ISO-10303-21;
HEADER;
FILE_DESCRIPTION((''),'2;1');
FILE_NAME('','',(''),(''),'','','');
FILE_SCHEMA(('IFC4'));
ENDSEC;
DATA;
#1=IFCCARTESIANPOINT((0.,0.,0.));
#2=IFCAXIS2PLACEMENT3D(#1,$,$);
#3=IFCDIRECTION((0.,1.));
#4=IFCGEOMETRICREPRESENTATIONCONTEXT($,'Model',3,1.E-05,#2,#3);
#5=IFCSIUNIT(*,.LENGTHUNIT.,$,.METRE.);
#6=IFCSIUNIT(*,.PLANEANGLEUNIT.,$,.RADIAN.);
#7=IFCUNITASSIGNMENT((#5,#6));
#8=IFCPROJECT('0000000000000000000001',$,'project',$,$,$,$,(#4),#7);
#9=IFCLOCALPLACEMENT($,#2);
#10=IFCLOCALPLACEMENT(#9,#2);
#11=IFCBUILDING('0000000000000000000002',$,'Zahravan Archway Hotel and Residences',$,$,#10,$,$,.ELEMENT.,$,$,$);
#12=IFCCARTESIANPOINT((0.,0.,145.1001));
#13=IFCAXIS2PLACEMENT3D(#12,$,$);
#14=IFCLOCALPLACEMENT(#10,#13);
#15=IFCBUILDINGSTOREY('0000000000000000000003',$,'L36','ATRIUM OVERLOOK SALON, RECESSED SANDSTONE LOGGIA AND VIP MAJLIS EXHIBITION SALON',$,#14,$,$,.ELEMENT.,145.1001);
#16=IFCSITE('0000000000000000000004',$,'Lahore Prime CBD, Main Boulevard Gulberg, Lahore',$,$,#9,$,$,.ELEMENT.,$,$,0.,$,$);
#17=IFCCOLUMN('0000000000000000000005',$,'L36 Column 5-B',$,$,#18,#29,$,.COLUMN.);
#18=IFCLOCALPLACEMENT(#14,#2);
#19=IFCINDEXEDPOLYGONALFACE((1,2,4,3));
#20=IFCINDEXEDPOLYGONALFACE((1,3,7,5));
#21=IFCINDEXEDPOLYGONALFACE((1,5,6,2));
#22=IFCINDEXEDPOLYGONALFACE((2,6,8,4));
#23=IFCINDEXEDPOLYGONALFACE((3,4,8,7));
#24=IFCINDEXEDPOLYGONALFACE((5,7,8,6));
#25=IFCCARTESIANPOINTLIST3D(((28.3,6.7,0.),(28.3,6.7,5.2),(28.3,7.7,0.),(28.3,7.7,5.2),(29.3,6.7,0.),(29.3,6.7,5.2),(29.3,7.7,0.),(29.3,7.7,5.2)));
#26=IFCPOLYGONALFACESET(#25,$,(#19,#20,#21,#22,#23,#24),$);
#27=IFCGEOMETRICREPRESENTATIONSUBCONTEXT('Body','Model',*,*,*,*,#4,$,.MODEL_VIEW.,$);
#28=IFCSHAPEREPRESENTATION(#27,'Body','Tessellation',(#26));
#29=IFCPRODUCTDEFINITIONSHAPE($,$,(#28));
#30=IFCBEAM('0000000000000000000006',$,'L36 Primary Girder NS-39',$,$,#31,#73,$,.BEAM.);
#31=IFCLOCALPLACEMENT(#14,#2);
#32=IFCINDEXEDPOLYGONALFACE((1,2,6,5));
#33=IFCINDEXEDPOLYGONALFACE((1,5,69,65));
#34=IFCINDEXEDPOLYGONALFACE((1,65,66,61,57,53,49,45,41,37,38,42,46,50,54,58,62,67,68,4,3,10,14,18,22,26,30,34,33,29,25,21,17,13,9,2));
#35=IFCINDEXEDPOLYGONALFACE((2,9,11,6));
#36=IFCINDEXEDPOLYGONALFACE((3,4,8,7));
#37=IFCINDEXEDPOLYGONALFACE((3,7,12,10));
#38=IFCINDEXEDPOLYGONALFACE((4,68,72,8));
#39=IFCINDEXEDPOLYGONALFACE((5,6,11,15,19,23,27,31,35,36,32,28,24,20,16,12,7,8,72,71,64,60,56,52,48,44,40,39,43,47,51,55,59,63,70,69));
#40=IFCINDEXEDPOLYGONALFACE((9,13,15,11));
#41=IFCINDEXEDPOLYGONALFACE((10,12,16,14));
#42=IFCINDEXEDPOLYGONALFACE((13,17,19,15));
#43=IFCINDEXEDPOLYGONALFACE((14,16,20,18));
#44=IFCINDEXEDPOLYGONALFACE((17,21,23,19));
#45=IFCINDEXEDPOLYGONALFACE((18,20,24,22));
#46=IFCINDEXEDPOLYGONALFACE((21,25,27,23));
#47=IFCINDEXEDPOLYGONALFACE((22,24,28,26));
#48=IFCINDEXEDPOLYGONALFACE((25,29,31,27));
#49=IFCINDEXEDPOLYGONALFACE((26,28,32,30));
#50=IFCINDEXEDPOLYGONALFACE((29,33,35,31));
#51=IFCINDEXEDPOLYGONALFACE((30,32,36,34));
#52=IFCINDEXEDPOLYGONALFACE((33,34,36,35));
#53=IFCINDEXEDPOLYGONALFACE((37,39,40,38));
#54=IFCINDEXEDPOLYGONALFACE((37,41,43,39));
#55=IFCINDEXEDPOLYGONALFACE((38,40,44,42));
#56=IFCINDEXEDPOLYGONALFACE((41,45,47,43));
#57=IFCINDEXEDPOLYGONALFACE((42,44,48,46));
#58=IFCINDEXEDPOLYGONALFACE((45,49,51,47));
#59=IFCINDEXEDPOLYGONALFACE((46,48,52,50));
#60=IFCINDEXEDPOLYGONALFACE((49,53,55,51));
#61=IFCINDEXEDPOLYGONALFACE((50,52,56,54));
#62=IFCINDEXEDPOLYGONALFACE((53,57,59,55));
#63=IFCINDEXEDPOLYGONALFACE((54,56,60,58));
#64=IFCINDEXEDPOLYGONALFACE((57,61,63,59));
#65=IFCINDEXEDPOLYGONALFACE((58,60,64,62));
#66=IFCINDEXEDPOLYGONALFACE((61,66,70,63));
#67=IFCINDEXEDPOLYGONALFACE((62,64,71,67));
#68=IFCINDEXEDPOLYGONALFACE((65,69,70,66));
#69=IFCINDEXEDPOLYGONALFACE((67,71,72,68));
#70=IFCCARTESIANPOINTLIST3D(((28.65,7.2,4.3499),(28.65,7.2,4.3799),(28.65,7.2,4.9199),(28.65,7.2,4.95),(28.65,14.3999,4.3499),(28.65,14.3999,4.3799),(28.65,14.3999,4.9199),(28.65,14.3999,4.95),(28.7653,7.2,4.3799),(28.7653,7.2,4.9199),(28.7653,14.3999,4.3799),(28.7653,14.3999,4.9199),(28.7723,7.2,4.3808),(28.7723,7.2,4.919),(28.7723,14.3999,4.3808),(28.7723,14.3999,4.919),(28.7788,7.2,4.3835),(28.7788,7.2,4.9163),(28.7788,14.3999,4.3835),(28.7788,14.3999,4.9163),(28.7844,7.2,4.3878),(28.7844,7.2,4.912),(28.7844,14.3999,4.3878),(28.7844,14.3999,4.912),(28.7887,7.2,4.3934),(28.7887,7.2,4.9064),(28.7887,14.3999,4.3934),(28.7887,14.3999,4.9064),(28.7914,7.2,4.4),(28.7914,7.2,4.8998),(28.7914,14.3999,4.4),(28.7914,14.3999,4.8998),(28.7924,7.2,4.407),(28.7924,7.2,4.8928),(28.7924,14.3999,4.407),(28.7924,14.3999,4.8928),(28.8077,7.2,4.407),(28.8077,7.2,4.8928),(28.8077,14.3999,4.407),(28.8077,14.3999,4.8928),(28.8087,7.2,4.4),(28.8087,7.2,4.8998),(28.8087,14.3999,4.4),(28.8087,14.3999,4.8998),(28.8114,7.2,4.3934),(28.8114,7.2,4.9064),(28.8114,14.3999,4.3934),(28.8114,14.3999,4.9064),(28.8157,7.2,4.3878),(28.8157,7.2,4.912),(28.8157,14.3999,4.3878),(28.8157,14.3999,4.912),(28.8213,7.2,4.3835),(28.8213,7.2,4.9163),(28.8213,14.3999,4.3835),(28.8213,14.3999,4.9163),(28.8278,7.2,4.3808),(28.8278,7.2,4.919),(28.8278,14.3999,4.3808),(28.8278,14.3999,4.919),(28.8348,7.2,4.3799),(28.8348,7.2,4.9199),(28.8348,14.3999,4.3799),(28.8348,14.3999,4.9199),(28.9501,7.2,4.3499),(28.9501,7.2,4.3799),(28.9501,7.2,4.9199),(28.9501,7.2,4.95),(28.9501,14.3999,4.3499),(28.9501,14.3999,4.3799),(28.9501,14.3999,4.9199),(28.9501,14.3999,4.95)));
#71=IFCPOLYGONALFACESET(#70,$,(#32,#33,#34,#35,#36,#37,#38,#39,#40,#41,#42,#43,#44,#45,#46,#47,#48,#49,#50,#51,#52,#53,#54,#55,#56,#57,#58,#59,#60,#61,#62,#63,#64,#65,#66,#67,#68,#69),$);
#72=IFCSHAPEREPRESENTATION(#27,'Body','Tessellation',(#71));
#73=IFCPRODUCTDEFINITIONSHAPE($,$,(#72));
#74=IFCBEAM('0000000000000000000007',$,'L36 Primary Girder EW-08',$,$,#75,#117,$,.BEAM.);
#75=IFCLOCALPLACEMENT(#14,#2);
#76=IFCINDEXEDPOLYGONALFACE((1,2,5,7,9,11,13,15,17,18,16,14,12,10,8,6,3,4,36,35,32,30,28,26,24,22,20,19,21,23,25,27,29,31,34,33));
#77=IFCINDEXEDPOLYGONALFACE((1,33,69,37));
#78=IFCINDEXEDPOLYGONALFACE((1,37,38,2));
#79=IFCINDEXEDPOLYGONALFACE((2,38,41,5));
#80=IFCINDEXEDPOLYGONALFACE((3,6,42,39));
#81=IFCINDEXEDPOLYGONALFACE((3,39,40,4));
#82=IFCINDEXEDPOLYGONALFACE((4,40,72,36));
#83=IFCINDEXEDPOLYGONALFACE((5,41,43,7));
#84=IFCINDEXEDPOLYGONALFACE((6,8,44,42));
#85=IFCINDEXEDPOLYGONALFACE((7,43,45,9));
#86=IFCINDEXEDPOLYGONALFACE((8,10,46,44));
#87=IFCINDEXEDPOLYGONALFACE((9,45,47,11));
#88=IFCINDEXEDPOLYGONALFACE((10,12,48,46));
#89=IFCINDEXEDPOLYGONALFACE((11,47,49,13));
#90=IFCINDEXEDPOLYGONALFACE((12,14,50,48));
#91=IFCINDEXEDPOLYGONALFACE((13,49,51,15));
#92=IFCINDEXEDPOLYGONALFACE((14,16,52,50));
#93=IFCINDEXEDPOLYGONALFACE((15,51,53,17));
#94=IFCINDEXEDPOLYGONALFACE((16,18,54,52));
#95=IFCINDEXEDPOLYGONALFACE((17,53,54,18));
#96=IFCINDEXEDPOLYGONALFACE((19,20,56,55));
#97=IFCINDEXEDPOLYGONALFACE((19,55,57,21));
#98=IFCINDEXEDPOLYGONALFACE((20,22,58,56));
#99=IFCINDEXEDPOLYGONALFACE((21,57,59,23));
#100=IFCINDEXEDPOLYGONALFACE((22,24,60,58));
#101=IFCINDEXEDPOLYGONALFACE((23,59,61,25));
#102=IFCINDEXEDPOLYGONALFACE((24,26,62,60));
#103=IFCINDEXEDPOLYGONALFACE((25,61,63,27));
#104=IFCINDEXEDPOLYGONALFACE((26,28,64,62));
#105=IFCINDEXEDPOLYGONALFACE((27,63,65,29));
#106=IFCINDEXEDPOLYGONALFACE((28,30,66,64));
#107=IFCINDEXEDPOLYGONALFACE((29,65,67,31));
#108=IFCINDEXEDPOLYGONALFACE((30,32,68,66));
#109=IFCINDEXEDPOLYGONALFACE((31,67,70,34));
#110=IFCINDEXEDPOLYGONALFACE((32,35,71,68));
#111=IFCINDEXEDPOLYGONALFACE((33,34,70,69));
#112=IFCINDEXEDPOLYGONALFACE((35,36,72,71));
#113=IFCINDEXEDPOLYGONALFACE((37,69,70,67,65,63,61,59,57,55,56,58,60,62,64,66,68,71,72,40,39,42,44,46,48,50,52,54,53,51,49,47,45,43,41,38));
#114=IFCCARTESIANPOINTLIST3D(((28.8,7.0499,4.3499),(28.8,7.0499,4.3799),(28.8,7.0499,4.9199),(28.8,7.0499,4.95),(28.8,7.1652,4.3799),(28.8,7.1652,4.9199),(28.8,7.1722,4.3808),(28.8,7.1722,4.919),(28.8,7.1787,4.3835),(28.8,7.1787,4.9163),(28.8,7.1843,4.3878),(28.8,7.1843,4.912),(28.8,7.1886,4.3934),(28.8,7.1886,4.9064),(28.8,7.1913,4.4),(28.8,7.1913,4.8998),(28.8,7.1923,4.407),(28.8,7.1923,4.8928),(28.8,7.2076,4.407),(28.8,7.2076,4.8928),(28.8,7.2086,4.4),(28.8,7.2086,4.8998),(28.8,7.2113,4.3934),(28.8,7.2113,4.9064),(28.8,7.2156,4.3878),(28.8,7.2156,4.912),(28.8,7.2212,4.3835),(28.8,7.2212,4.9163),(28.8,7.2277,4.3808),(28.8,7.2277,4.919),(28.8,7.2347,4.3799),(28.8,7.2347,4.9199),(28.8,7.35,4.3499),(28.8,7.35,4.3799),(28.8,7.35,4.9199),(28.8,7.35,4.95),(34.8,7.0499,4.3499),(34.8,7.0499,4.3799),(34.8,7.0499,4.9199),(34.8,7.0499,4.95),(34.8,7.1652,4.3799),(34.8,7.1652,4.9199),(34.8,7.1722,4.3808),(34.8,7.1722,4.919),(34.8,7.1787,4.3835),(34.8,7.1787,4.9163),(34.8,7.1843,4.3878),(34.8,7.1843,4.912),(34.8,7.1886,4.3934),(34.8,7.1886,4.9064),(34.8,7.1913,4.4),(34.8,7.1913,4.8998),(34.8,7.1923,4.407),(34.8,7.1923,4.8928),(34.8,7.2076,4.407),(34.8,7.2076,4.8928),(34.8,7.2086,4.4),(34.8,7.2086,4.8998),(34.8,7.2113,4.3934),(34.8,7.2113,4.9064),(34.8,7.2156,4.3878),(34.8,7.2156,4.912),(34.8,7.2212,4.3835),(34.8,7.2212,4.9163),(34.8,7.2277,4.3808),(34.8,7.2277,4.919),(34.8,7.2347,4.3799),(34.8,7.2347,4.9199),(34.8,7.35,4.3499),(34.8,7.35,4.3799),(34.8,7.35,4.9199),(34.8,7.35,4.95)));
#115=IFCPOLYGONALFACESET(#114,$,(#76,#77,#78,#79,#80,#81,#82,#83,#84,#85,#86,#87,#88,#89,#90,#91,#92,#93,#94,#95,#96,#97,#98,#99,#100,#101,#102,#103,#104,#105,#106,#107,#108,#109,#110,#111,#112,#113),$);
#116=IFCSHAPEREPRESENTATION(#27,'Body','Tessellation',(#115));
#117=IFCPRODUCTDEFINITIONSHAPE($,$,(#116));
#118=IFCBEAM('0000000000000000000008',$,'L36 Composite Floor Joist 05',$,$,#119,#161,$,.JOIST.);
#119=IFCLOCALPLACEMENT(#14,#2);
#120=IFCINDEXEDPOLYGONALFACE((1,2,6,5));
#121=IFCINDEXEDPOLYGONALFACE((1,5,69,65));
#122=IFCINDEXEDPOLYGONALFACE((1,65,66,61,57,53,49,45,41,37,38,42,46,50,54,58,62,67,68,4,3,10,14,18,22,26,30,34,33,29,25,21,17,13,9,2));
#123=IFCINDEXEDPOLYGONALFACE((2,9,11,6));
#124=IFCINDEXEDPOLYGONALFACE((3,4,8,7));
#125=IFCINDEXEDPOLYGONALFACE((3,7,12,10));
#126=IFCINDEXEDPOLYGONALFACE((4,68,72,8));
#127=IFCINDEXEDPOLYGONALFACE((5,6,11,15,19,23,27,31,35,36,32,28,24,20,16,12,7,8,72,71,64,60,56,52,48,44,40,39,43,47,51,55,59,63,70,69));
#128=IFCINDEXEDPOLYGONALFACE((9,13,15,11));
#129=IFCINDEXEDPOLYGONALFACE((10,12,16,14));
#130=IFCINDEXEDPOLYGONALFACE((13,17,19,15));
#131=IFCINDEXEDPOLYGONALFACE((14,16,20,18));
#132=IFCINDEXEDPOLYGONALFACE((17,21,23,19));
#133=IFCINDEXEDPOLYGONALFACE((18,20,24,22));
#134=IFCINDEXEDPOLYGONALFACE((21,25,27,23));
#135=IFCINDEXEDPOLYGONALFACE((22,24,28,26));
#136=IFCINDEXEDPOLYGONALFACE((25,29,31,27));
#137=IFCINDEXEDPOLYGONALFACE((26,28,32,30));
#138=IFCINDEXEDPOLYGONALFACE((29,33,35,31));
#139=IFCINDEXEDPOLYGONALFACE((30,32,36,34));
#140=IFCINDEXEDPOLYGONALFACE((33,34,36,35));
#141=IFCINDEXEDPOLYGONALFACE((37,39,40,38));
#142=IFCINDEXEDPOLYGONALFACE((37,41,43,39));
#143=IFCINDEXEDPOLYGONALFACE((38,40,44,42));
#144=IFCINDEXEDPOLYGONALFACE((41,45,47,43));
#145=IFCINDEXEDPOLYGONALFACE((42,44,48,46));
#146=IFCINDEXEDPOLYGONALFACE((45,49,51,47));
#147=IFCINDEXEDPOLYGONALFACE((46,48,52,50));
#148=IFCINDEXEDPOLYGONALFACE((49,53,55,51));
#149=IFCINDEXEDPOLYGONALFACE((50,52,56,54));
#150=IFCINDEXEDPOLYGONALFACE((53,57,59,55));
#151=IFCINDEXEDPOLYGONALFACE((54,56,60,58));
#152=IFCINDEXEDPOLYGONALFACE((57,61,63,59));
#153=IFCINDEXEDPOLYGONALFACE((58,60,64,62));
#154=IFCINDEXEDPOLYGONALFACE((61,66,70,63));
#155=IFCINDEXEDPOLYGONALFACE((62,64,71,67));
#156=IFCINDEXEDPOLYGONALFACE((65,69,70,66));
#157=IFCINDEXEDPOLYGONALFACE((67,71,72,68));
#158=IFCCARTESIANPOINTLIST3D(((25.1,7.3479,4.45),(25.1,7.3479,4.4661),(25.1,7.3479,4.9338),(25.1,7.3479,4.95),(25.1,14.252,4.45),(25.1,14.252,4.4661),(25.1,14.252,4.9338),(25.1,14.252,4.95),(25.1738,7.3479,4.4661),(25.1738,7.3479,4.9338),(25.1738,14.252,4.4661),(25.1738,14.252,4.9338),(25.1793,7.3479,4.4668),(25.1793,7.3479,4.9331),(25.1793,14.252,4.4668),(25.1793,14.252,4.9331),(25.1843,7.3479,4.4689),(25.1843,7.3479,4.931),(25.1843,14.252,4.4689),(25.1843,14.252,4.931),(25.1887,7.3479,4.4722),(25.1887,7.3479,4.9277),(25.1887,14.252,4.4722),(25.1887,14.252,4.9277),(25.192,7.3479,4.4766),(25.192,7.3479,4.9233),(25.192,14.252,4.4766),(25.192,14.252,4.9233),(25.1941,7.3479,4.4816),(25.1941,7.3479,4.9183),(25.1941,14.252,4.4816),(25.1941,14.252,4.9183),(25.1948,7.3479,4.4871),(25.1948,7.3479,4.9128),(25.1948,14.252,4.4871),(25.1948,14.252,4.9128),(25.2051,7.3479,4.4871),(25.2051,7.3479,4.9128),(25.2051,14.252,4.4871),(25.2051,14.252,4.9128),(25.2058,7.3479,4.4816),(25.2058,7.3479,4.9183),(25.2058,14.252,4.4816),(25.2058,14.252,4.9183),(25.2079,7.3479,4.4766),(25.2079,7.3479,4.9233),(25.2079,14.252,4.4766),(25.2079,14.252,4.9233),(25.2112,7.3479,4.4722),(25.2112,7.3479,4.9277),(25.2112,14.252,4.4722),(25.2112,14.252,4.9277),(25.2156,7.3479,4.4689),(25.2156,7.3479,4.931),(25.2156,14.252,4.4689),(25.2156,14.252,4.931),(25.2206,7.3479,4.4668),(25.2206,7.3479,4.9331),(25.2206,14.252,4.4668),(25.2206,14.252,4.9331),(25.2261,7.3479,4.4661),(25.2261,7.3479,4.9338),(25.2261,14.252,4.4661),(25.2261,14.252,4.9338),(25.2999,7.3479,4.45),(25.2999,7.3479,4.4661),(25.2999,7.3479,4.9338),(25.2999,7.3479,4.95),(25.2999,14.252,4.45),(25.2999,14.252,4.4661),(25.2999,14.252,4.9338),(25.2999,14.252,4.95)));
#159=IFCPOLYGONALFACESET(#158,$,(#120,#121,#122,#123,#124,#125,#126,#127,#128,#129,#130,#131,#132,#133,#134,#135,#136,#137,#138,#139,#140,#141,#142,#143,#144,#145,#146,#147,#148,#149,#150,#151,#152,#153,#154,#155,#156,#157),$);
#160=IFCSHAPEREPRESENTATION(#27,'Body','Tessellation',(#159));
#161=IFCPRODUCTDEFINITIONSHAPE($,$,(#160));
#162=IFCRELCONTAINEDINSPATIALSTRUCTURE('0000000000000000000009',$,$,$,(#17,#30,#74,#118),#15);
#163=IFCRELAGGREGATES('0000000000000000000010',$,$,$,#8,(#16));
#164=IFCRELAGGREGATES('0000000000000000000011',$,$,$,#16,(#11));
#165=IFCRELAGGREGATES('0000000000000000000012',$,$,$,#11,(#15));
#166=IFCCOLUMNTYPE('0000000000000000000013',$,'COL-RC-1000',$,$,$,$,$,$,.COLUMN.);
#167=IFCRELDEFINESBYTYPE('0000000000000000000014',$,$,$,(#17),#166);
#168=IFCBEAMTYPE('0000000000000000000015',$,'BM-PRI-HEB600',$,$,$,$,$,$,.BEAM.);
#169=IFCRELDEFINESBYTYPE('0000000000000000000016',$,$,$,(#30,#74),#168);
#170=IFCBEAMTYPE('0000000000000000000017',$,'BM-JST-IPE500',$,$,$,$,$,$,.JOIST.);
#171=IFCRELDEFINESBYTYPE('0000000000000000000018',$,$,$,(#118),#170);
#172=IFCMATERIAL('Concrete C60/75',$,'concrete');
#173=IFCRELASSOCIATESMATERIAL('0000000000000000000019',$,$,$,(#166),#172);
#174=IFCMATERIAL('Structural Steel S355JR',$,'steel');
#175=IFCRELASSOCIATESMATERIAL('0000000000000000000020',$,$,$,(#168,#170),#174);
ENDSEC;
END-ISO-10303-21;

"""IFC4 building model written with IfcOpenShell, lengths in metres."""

from ifc_helpers import new_model, si_unit, direction, frame, origin, origin_2d, place, context, subcontext, project, spatial, rectangle, i_section, extrude, source, transform, mapped, material, material_profile, profile_set, type_object, type_shapes, element, save


model = new_model("IFC4")

# Units and contexts
model_context = context("Model", 3, precision=1e-05, world=origin(), true_north=direction((0.0, 1.0)))
body_context = subcontext(model_context, "Body", "Model", "MODEL_VIEW")
ifc_project = project(units=[si_unit("LENGTHUNIT", "METRE"), si_unit("PLANEANGLEUNIT", "RADIAN")], contexts=[model_context])

# Site, building, storey
site_placement = place(None, origin())
site = spatial("IfcSite", under=ifc_project, at=site_placement, Name="Lahore Prime CBD, Main Boulevard Gulberg, Lahore", CompositionType="ELEMENT", RefElevation=0.0)
building_placement = place(site_placement, origin())
building = spatial("IfcBuilding", under=site, at=building_placement, Name="Zahravan Archway Hotel and Residences", CompositionType="ELEMENT")
storey_placement = place(building_placement, frame((0.0, 0.0, 145.1001)))
storey = spatial("IfcBuildingStorey", under=building, at=storey_placement, Name="L36", Description="ATRIUM OVERLOOK SALON, RECESSED SANDSTONE LOGGIA AND VIP MAJLIS EXHIBITION SALON", CompositionType="ELEMENT", Elevation=145.1001)

# Column
ifc_material_1 = material(Name="Concrete C60/75", Category="concrete")
ifc_material_profile_1 = material_profile(ifc_material_1, rectangle(XDim=1.0, YDim=1.0, at=origin_2d()), Name="RC-COL-1000x1000", Category="concrete")
ifc_profile_set_1 = profile_set([ifc_material_profile_1], Name="Concrete C60/75")
column_type = type_object("IfcColumnType", Name="COL-RC-1000", PredefinedType="COLUMN", material=ifc_profile_set_1)
shared_shape_1 = source(origin(), body_context, "Body", "SweptSolid", [
    extrude(rectangle(XDim=1.0, YDim=1.0, at=origin_2d()), origin(), (0.0, 0.0, 1.0), 5.2),
])
column_placement = place(storey_placement, frame((28.8, 7.2, 0.0), z_axis=(0.0, 0.0, 1.0), x_axis=(1.0, 0.0, 0.0)))
element("IfcColumn", 1, at=column_placement, inside=storey, type_object=column_type, Name="L36 Column 5-B", PredefinedType="COLUMN", context=body_context, shape_type="MappedRepresentation", body=[
    mapped(shared_shape_1, transform((0.0, 0.0, 0.0), scale=1.0)),
])

# Beams
ifc_material_2 = material(Name="Structural Steel S355JR", Category="steel")
ifc_material_profile_2 = material_profile(ifc_material_2, i_section(OverallWidth=0.3, OverallDepth=0.6001, WebThickness=0.0154, FlangeThickness=0.03, FilletRadius=0.0271, at=origin_2d()), Name="HEB 600", Category="steel")
ifc_profile_set_2 = profile_set([ifc_material_profile_2], Name="Structural Steel S355JR")
beam_type_1 = type_object("IfcBeamType", Name="BM-PRI-HEB600", PredefinedType="BEAM", material=ifc_profile_set_2)
shared_shape_2 = source(origin(), body_context, "Body", "SweptSolid", [
    extrude(i_section(OverallWidth=0.3, OverallDepth=0.6001, WebThickness=0.0154, FlangeThickness=0.03, FilletRadius=0.0271, at=origin_2d()), origin(), (0.0, 0.0, 1.0), 7.2),
])
beam_1_placement = place(storey_placement, frame((28.8, 7.2, 4.6499), z_axis=(0.0, 1.0, 0.0), x_axis=(-1.0, 0.0, 0.0)))
element("IfcBeam", 2, at=beam_1_placement, inside=storey, type_object=beam_type_1, Name="L36 Primary Girder NS-39", PredefinedType="BEAM", context=body_context, shape_type="MappedRepresentation", body=[
    mapped(shared_shape_2, transform((0.0, 0.0, 0.0), scale=1.0)),
])
shared_shape_3 = source(origin(), body_context, "Body", "SweptSolid", [
    extrude(i_section(OverallWidth=0.3, OverallDepth=0.6001, WebThickness=0.0154, FlangeThickness=0.03, FilletRadius=0.0271, at=origin_2d()), origin(), (0.0, 0.0, 1.0), 6.0),
])
beam_2_placement = place(storey_placement, frame((28.8, 7.2, 4.6499), z_axis=(1.0, 0.0, 0.0), x_axis=(0.0, 1.0, 0.0)))
element("IfcBeam", 3, at=beam_2_placement, inside=storey, type_object=beam_type_1, Name="L36 Primary Girder EW-08", PredefinedType="BEAM", context=body_context, shape_type="MappedRepresentation", body=[
    mapped(shared_shape_3, transform((0.0, 0.0, 0.0), scale=1.0)),
])
ifc_material_profile_3 = material_profile(ifc_material_2, i_section(OverallWidth=0.2, OverallDepth=0.5, WebThickness=0.0103, FlangeThickness=0.0161, FilletRadius=0.021, at=origin_2d()), Name="IPE 500", Category="steel")
ifc_profile_set_3 = profile_set([ifc_material_profile_3], Name="Structural Steel S355JR")
beam_type_2 = type_object("IfcBeamType", Name="BM-JST-IPE500", PredefinedType="JOIST", material=ifc_profile_set_3)
shared_shape_4 = source(origin(), body_context, "Body", "SweptSolid", [
    extrude(i_section(OverallWidth=0.2, OverallDepth=0.5, WebThickness=0.0103, FlangeThickness=0.0161, FilletRadius=0.021, at=origin_2d()), origin(), (0.0, 0.0, 1.0), 6.9041),
])
type_shapes(beam_type_2, [shared_shape_4])
beam_3_placement = place(storey_placement, frame((25.2, 7.3479, 4.7), z_axis=(0.0, 1.0, 0.0), x_axis=(-1.0, 0.0, 0.0)))
element("IfcBeam", 4, at=beam_3_placement, inside=storey, type_object=beam_type_2, Name="L36 Composite Floor Joist 05", PredefinedType="JOIST", context=body_context, shape_type="MappedRepresentation", body=[
    mapped(shared_shape_4, transform((0.0, 0.0, 0.0), scale=1.0)),
])

save(model, "model.ifc")
